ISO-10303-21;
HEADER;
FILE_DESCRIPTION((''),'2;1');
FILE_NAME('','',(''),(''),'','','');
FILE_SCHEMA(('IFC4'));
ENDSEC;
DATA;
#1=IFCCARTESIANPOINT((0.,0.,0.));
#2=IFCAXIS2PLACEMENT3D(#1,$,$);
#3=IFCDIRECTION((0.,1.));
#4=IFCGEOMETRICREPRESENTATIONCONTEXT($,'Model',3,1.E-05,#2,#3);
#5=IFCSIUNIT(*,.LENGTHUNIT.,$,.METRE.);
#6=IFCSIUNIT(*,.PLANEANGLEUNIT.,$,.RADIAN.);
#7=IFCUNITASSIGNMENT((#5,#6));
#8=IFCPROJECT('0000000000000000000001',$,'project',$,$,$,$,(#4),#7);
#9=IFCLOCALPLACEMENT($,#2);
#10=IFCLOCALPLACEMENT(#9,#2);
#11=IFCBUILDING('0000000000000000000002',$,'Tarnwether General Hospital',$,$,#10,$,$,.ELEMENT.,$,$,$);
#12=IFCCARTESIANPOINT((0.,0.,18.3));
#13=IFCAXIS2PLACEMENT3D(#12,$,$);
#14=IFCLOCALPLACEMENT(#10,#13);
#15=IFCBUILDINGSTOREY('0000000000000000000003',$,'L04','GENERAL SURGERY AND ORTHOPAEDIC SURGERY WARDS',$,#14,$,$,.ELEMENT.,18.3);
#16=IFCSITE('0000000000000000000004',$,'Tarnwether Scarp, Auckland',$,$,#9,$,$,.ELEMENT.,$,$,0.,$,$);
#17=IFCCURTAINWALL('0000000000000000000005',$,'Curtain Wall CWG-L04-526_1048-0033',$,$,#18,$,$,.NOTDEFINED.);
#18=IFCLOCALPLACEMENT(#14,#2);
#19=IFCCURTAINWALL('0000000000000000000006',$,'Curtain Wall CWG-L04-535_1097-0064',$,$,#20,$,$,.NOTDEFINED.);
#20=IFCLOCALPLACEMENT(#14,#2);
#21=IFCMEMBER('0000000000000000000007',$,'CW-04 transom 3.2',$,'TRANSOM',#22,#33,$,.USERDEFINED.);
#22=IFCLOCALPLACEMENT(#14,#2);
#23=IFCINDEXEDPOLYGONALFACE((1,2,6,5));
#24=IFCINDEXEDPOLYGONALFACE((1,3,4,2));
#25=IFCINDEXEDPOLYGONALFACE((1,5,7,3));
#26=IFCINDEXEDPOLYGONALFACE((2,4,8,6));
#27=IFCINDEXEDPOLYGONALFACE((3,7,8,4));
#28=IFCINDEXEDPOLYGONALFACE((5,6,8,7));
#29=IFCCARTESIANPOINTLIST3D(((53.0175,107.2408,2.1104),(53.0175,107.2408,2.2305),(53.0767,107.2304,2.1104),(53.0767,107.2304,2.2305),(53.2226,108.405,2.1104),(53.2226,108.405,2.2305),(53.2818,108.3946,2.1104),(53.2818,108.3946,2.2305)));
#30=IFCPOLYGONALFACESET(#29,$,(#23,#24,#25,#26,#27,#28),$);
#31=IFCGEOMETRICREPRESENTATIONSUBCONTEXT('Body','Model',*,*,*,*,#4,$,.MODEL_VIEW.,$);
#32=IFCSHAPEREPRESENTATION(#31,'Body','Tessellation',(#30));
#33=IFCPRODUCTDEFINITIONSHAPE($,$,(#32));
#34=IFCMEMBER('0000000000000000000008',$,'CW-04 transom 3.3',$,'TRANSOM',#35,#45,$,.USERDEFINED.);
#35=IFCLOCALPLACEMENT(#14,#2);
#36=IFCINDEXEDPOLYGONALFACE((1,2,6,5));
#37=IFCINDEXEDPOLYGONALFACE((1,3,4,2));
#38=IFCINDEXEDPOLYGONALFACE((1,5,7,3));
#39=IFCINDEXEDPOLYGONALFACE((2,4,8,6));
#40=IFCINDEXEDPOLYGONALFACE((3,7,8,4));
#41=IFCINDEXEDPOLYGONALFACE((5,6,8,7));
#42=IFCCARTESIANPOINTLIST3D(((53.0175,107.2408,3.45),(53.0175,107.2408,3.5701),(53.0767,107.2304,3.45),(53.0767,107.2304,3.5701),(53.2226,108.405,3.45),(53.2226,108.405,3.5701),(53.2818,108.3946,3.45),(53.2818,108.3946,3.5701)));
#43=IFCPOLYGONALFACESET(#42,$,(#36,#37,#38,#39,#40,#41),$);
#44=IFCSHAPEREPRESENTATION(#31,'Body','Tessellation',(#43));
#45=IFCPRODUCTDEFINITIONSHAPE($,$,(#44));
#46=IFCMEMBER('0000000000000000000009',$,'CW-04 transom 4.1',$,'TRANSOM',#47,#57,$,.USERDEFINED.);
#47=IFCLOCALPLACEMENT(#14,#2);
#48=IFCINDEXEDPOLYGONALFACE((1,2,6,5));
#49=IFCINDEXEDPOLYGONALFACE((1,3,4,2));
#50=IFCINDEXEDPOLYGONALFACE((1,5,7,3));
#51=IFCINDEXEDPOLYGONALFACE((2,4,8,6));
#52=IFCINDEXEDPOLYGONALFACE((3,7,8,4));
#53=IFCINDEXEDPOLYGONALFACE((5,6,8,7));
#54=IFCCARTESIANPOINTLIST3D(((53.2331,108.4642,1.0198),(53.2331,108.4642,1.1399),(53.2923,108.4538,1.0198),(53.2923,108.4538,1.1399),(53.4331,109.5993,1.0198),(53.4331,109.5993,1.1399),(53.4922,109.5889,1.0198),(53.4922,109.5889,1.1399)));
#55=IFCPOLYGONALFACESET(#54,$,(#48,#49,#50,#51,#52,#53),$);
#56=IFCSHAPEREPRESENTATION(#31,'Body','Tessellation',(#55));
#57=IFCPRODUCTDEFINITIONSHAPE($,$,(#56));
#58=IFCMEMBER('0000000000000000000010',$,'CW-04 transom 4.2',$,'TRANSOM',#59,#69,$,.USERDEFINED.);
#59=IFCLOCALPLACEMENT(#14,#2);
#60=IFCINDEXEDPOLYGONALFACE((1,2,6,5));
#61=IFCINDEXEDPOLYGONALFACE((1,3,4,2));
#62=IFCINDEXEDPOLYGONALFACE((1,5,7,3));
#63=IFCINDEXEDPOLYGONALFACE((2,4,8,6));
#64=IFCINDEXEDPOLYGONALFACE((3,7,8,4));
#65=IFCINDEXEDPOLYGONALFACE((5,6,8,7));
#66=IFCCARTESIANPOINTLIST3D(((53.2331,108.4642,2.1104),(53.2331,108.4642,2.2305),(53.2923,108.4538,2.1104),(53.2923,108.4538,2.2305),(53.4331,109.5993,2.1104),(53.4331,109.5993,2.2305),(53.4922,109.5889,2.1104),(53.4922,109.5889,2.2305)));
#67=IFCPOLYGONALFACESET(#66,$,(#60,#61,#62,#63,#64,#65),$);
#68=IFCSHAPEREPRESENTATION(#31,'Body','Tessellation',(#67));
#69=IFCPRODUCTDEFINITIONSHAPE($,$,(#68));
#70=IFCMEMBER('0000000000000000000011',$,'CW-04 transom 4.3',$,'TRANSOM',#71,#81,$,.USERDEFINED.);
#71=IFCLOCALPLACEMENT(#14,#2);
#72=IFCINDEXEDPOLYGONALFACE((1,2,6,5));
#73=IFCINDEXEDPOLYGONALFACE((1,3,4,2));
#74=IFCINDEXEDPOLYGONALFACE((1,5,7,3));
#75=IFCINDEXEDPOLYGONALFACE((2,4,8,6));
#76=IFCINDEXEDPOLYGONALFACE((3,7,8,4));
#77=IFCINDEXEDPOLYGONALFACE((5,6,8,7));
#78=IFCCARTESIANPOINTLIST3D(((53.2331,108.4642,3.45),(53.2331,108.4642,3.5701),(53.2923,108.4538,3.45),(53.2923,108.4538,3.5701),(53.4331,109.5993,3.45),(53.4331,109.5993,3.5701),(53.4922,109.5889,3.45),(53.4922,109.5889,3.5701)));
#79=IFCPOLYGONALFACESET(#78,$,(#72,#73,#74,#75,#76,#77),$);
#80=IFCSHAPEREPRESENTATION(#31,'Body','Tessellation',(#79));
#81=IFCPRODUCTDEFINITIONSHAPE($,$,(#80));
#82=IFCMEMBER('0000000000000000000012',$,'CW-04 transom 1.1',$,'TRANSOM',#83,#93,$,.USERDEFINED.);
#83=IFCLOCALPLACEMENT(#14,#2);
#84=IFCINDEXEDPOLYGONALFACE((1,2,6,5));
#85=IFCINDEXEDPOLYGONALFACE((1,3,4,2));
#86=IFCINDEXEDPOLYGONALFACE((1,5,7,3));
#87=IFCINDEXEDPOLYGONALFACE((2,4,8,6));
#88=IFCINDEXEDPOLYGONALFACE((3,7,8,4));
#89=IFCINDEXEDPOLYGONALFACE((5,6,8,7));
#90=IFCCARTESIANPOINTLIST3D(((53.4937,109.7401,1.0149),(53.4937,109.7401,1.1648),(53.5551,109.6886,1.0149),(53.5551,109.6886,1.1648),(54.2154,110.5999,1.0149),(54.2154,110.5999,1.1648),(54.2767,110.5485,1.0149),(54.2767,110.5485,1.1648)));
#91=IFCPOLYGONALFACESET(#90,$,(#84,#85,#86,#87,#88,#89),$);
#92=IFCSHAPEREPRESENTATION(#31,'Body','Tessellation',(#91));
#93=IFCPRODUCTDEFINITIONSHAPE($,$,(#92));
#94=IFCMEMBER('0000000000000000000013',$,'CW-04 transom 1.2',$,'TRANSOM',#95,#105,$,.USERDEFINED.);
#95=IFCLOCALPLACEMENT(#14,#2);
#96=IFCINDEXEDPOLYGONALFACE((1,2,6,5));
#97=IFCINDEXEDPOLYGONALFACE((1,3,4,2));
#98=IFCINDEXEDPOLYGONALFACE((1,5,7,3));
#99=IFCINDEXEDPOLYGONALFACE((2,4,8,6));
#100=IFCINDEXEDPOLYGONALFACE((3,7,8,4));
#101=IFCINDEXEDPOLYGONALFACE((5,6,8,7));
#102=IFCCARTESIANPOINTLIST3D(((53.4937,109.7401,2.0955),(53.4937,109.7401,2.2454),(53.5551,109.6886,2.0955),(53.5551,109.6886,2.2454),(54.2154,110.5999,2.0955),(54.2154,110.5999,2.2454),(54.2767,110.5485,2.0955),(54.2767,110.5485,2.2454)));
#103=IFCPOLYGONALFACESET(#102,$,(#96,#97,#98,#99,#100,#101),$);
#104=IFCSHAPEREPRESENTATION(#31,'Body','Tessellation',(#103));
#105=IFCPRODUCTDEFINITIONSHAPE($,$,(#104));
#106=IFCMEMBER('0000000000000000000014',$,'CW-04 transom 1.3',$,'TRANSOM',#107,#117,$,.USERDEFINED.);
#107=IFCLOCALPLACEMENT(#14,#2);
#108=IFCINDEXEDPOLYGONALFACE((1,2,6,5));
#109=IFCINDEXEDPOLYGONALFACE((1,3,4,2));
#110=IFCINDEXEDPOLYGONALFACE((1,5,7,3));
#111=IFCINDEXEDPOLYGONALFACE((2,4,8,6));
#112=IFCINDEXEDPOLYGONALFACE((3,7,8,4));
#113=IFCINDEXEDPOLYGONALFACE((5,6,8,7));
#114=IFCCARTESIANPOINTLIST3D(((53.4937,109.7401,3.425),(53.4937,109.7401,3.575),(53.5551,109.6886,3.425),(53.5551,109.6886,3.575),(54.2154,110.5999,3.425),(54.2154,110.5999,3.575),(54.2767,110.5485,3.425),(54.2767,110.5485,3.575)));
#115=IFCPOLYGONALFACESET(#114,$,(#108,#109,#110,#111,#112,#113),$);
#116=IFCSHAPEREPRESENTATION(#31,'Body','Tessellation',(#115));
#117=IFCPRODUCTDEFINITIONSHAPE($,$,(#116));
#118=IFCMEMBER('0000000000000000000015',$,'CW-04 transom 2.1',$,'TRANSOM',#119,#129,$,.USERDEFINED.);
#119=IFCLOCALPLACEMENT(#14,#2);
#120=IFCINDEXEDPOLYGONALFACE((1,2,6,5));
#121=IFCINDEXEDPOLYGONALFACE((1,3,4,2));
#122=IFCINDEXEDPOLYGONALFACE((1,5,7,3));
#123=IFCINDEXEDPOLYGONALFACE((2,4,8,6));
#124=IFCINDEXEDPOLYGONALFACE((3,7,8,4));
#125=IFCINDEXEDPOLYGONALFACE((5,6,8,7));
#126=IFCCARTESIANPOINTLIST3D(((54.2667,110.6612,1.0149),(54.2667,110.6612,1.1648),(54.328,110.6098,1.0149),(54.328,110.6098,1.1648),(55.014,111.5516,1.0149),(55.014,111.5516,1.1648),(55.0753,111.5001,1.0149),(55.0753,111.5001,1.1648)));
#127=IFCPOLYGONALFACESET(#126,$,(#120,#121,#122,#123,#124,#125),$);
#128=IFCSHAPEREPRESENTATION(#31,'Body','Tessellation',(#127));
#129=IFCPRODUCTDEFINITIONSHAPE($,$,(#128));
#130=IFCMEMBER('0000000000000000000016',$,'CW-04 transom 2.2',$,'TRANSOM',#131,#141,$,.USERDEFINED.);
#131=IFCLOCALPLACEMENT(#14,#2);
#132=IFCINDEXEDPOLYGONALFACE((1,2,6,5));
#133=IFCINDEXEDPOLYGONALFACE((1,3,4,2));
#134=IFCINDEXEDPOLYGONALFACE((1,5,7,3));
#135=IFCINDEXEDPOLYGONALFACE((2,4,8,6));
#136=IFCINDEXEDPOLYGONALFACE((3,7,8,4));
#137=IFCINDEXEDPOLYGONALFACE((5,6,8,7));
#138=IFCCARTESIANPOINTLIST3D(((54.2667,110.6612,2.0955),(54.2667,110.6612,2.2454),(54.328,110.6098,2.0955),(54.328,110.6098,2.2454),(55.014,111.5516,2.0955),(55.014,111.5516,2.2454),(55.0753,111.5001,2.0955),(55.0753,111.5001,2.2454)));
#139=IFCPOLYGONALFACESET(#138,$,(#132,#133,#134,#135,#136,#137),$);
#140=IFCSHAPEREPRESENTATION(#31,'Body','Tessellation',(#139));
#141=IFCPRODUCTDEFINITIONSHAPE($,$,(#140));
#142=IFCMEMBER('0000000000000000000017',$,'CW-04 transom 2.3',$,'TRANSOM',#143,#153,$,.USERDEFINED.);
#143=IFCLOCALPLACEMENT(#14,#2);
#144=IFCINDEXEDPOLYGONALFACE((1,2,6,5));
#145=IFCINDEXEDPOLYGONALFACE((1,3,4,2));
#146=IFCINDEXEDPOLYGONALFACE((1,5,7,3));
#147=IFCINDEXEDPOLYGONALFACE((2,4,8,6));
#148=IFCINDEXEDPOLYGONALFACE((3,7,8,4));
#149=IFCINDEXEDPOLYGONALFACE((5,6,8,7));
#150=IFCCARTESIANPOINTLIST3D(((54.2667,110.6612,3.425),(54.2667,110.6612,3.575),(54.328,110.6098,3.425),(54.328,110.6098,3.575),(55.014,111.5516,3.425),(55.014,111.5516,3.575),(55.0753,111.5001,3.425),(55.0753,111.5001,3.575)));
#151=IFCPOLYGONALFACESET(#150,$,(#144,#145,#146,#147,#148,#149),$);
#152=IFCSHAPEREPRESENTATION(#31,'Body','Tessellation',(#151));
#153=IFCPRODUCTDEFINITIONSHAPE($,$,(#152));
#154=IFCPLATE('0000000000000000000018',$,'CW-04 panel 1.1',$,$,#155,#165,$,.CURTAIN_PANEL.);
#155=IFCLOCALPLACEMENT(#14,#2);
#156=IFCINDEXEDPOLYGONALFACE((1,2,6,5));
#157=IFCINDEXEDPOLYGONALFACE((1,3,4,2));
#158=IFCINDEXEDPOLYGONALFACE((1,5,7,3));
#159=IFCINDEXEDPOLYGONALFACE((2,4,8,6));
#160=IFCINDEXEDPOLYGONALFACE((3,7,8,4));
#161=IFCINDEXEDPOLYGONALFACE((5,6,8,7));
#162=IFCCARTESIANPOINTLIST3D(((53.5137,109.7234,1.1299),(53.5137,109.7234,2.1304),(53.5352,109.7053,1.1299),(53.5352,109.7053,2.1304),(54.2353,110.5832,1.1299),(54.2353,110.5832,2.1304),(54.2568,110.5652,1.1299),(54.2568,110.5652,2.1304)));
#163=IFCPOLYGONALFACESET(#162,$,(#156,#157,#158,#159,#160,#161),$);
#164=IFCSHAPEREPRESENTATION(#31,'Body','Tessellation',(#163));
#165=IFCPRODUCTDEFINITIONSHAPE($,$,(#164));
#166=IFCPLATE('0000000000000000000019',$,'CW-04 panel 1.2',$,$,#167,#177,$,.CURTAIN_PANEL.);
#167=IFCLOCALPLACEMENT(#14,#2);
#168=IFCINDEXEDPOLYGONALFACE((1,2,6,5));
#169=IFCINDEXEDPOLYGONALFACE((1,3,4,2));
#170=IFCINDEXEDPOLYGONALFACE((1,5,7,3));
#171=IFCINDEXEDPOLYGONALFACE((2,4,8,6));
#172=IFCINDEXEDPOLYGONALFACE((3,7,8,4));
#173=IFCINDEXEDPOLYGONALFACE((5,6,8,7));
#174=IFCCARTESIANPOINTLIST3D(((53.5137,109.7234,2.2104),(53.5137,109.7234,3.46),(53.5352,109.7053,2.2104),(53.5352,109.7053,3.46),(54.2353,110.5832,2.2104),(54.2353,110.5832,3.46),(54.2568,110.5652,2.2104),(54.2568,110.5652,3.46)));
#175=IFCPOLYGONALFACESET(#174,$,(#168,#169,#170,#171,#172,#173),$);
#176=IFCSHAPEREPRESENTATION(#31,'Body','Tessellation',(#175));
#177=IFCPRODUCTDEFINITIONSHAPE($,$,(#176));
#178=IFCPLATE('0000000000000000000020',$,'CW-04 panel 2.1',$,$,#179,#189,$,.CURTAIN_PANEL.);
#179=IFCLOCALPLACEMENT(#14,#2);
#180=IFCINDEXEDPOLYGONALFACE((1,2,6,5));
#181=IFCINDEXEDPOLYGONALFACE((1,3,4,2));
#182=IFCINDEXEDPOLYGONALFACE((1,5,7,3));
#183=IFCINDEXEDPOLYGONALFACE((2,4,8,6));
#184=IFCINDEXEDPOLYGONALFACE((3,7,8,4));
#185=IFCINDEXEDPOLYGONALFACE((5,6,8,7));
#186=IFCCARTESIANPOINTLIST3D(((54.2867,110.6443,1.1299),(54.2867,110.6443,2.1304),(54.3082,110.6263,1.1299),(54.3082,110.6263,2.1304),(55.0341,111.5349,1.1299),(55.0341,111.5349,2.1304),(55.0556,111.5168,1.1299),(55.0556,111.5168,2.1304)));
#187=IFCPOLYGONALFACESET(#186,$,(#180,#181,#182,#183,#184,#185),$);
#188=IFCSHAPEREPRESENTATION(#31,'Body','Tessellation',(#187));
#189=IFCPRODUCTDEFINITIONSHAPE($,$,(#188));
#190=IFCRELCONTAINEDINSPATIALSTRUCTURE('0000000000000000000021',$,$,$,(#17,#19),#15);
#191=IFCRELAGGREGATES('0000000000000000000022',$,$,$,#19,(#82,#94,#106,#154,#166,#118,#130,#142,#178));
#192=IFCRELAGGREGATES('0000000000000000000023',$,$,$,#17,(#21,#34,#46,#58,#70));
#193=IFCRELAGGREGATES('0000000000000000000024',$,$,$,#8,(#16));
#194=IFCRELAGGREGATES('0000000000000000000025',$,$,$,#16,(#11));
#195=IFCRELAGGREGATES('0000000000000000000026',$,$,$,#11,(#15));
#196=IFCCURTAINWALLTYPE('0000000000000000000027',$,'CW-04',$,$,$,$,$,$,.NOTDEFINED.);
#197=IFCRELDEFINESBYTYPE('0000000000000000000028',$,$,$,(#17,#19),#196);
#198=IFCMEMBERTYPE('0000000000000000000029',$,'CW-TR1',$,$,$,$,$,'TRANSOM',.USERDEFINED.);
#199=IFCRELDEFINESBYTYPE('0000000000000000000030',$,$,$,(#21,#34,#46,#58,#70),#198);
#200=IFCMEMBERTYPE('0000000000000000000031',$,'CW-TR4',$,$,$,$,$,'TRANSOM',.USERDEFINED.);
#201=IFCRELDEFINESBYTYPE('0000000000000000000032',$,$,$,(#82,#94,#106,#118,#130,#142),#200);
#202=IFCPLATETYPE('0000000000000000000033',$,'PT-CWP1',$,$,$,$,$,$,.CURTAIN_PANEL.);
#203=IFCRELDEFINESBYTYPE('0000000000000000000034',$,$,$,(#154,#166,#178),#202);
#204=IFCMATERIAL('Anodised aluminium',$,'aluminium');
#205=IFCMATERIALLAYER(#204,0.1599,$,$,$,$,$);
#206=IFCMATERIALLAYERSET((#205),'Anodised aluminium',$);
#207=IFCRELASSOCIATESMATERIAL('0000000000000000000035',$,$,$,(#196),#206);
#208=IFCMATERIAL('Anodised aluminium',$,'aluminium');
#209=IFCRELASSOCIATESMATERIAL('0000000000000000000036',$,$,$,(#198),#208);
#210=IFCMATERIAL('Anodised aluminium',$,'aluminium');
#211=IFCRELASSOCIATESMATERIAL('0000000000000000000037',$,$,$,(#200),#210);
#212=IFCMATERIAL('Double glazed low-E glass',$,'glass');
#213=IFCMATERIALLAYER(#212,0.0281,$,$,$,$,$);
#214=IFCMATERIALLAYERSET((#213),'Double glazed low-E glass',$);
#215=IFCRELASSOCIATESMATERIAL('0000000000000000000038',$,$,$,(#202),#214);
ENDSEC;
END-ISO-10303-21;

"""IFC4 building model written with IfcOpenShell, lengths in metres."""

from ifc_helpers import new_model, si_unit, direction, frame, origin, origin_2d, place, context, subcontext, project, spatial, rectangle, extrude, material, layer, layer_set, material_profile, profile_set, type_object, element, aggregate, save


model = new_model("IFC4")

# Units and contexts
model_context = context("Model", 3, precision=1e-05, world=origin(), true_north=direction((0.0, 1.0)))
body_context = subcontext(model_context, "Body", "Model", "MODEL_VIEW")
ifc_project = project(units=[si_unit("LENGTHUNIT", "METRE"), si_unit("PLANEANGLEUNIT", "RADIAN")], contexts=[model_context])

# Site, building, storey
site_placement = place(None, origin())
site = spatial("IfcSite", under=ifc_project, at=site_placement, Name="Tarnwether Scarp, Auckland", CompositionType="ELEMENT", RefElevation=0.0)
building_placement = place(site_placement, origin())
building = spatial("IfcBuilding", under=site, at=building_placement, Name="Tarnwether General Hospital", CompositionType="ELEMENT")
storey_placement = place(building_placement, frame((0.0, 0.0, 18.3)))
storey = spatial("IfcBuildingStorey", under=building, at=storey_placement, Name="L04", Description="GENERAL SURGERY AND ORTHOPAEDIC SURGERY WARDS", CompositionType="ELEMENT", Elevation=18.3)

# Curtain walls
ifc_material_1 = material(Name="Anodised aluminium", Category="aluminium")
ifc_layer_1 = layer(ifc_material_1, 0.1599)
ifc_layer_set_1 = layer_set([ifc_layer_1], Name="Anodised aluminium")
curtain_wall_type = type_object("IfcCurtainWallType", Name="CW-04", PredefinedType="NOTDEFINED", material=ifc_layer_set_1)
curtain_wall_1_placement = place(storey_placement, origin())
curtain_wall_1 = element("IfcCurtainWall", 1, at=curtain_wall_1_placement, inside=storey, type_object=curtain_wall_type, Name="Curtain Wall CWG-L04-526_1048-0033", PredefinedType="NOTDEFINED")
curtain_wall_2_placement = place(storey_placement, origin())
curtain_wall_2 = element("IfcCurtainWall", 2, at=curtain_wall_2_placement, inside=storey, type_object=curtain_wall_type, Name="Curtain Wall CWG-L04-535_1097-0064", PredefinedType="NOTDEFINED")

# Members
ifc_material_2 = material(Name="Anodised aluminium", Category="aluminium")
ifc_material_profile_1 = material_profile(ifc_material_2, rectangle(XDim=0.0601, YDim=0.1201, at=origin_2d()), Name="ALU-TRN-60x120")
ifc_profile_set_1 = profile_set([ifc_material_profile_1], Name="Anodised aluminium")
member_type_1 = type_object("IfcMemberType", Name="CW-TR1", ElementType="TRANSOM", PredefinedType="USERDEFINED", material=ifc_profile_set_1)
member_1_placement = place(storey_placement, frame((53.0471, 107.2356, 2.1704), z_axis=(0.173467, 0.98484, 0.0), x_axis=(-0.98484, 0.173467, 0.0)))
member_1 = element("IfcMember", 3, at=member_1_placement, type_object=member_type_1, Name="CW-04 transom 3.2", ObjectType="TRANSOM", PredefinedType="USERDEFINED", context=body_context, shape_type="SweptSolid", body=[
    extrude(rectangle(XDim=0.0601, YDim=0.1201, at=origin_2d()), origin(), (0.0, 0.0, 1.0), 1.1821),
])
member_2_placement = place(storey_placement, frame((53.0471, 107.2356, 3.51), z_axis=(0.173467, 0.98484, 0.0), x_axis=(-0.98484, 0.173467, 0.0)))
member_2 = element("IfcMember", 4, at=member_2_placement, type_object=member_type_1, Name="CW-04 transom 3.3", ObjectType="TRANSOM", PredefinedType="USERDEFINED", context=body_context, shape_type="SweptSolid", body=[
    extrude(rectangle(XDim=0.0601, YDim=0.1201, at=origin_2d()), origin(), (0.0, 0.0, 1.0), 1.1821),
])
member_3_placement = place(storey_placement, frame((53.2627, 108.459, 1.0798), z_axis=(0.173495, 0.984835, 0.0), x_axis=(-0.984835, 0.173495, 0.0)))
member_3 = element("IfcMember", 5, at=member_3_placement, type_object=member_type_1, Name="CW-04 transom 4.1", ObjectType="TRANSOM", PredefinedType="USERDEFINED", context=body_context, shape_type="SweptSolid", body=[
    extrude(rectangle(XDim=0.0601, YDim=0.1201, at=origin_2d()), origin(), (0.0, 0.0, 1.0), 1.1526),
])
member_4_placement = place(storey_placement, frame((53.2627, 108.459, 2.1704), z_axis=(0.173495, 0.984835, 0.0), x_axis=(-0.984835, 0.173495, 0.0)))
member_4 = element("IfcMember", 6, at=member_4_placement, type_object=member_type_1, Name="CW-04 transom 4.2", ObjectType="TRANSOM", PredefinedType="USERDEFINED", context=body_context, shape_type="SweptSolid", body=[
    extrude(rectangle(XDim=0.0601, YDim=0.1201, at=origin_2d()), origin(), (0.0, 0.0, 1.0), 1.1526),
])
member_5_placement = place(storey_placement, frame((53.2627, 108.459, 3.51), z_axis=(0.173495, 0.984835, 0.0), x_axis=(-0.984835, 0.173495, 0.0)))
member_5 = element("IfcMember", 7, at=member_5_placement, type_object=member_type_1, Name="CW-04 transom 4.3", ObjectType="TRANSOM", PredefinedType="USERDEFINED", context=body_context, shape_type="SweptSolid", body=[
    extrude(rectangle(XDim=0.0601, YDim=0.1201, at=origin_2d()), origin(), (0.0, 0.0, 1.0), 1.1526),
])
ifc_material_3 = material(Name="Anodised aluminium", Category="aluminium")
ifc_material_profile_2 = material_profile(ifc_material_3, rectangle(XDim=0.0801, YDim=0.1499, at=origin_2d()), Name="ALU-TRN-80x150")
ifc_profile_set_2 = profile_set([ifc_material_profile_2], Name="Anodised aluminium")
member_type_2 = type_object("IfcMemberType", Name="CW-TR4", ElementType="TRANSOM", PredefinedType="USERDEFINED", material=ifc_profile_set_2)
member_6_placement = place(storey_placement, frame((53.5244, 109.7144, 1.0898), z_axis=(0.642876, 0.76597, 0.0), x_axis=(-0.76597, 0.642876, 0.0)))
member_6 = element("IfcMember", 8, at=member_6_placement, type_object=member_type_2, Name="CW-04 transom 1.1", ObjectType="TRANSOM", PredefinedType="USERDEFINED", context=body_context, shape_type="SweptSolid", body=[
    extrude(rectangle(XDim=0.0801, YDim=0.1499, at=origin_2d()), origin(), (0.0, 0.0, 1.0), 1.1226),
])
member_7_placement = place(storey_placement, frame((53.5244, 109.7144, 2.1704), z_axis=(0.642876, 0.76597, 0.0), x_axis=(-0.76597, 0.642876, 0.0)))
member_7 = element("IfcMember", 9, at=member_7_placement, type_object=member_type_2, Name="CW-04 transom 1.2", ObjectType="TRANSOM", PredefinedType="USERDEFINED", context=body_context, shape_type="SweptSolid", body=[
    extrude(rectangle(XDim=0.0801, YDim=0.1499, at=origin_2d()), origin(), (0.0, 0.0, 1.0), 1.1226),
])
member_8_placement = place(storey_placement, frame((53.5244, 109.7144, 3.5), z_axis=(0.642876, 0.76597, 0.0), x_axis=(-0.76597, 0.642876, 0.0)))
member_8 = element("IfcMember", 10, at=member_8_placement, type_object=member_type_2, Name="CW-04 transom 1.3", ObjectType="TRANSOM", PredefinedType="USERDEFINED", context=body_context, shape_type="SweptSolid", body=[
    extrude(rectangle(XDim=0.0801, YDim=0.1499, at=origin_2d()), origin(), (0.0, 0.0, 1.0), 1.1226),
])
member_9_placement = place(storey_placement, frame((54.2974, 110.6355, 1.0898), z_axis=(0.642887, 0.765961, 0.0), x_axis=(-0.765961, 0.642887, 0.0)))
member_9 = element("IfcMember", 11, at=member_9_placement, type_object=member_type_2, Name="CW-04 transom 2.1", ObjectType="TRANSOM", PredefinedType="USERDEFINED", context=body_context, shape_type="SweptSolid", body=[
    extrude(rectangle(XDim=0.0801, YDim=0.1499, at=origin_2d()), origin(), (0.0, 0.0, 1.0), 1.1624),
])
member_10_placement = place(storey_placement, frame((54.2974, 110.6355, 2.1704), z_axis=(0.642887, 0.765961, 0.0), x_axis=(-0.765961, 0.642887, 0.0)))
member_10 = element("IfcMember", 12, at=member_10_placement, type_object=member_type_2, Name="CW-04 transom 2.2", ObjectType="TRANSOM", PredefinedType="USERDEFINED", context=body_context, shape_type="SweptSolid", body=[
    extrude(rectangle(XDim=0.0801, YDim=0.1499, at=origin_2d()), origin(), (0.0, 0.0, 1.0), 1.1624),
])
member_11_placement = place(storey_placement, frame((54.2974, 110.6355, 3.5), z_axis=(0.642887, 0.765961, 0.0), x_axis=(-0.765961, 0.642887, 0.0)))
member_11 = element("IfcMember", 13, at=member_11_placement, type_object=member_type_2, Name="CW-04 transom 2.3", ObjectType="TRANSOM", PredefinedType="USERDEFINED", context=body_context, shape_type="SweptSolid", body=[
    extrude(rectangle(XDim=0.0801, YDim=0.1499, at=origin_2d()), origin(), (0.0, 0.0, 1.0), 1.1624),
])

# Plates
ifc_material_4 = material(Name="Double glazed low-E glass", Category="glass")
ifc_layer_2 = layer(ifc_material_4, 0.0281)
ifc_layer_set_2 = layer_set([ifc_layer_2], Name="Double glazed low-E glass")
plate_type_1 = type_object("IfcPlateType", Name="PT-CWP1", PredefinedType="CURTAIN_PANEL", material=ifc_layer_set_2)
plate_1_placement = place(storey_placement, frame((53.8853, 110.1443, 1.1299), z_axis=(0.0, 0.0, 1.0), x_axis=(0.642852, 0.76599, 0.0)))
plate_1 = element("IfcPlate", 14, at=plate_1_placement, type_object=plate_type_1, Name="CW-04 panel 1.1", PredefinedType="CURTAIN_PANEL", context=body_context, shape_type="SweptSolid", body=[
    extrude(rectangle(XDim=1.1226, YDim=0.0281, at=origin_2d()), origin(), (0.0, 0.0, 1.0), 1.0005),
])
plate_2_placement = place(storey_placement, frame((53.8853, 110.1443, 2.2104), z_axis=(0.0, 0.0, 1.0), x_axis=(0.642852, 0.76599, 0.0)))
plate_2 = element("IfcPlate", 15, at=plate_2_placement, type_object=plate_type_1, Name="CW-04 panel 1.2", PredefinedType="CURTAIN_PANEL", context=body_context, shape_type="SweptSolid", body=[
    extrude(rectangle(XDim=1.1226, YDim=0.0281, at=origin_2d()), origin(), (0.0, 0.0, 1.0), 1.2495),
])
plate_3_placement = place(storey_placement, frame((54.6711, 111.0806, 1.1299), z_axis=(0.0, 0.0, 1.0), x_axis=(0.642852, 0.76599, 0.0)))
plate_3 = element("IfcPlate", 16, at=plate_3_placement, type_object=plate_type_1, Name="CW-04 panel 2.1", PredefinedType="CURTAIN_PANEL", context=body_context, shape_type="SweptSolid", body=[
    extrude(rectangle(XDim=1.1626, YDim=0.0281, at=origin_2d()), origin(), (0.0, 0.0, 1.0), 1.0005),
])
aggregate(curtain_wall_2, [member_6, member_7, member_8, plate_1, plate_2, member_9, member_10, member_11, plate_3])
aggregate(curtain_wall_1, [member_1, member_2, member_3, member_4, member_5])

save(model, "model.ifc")
